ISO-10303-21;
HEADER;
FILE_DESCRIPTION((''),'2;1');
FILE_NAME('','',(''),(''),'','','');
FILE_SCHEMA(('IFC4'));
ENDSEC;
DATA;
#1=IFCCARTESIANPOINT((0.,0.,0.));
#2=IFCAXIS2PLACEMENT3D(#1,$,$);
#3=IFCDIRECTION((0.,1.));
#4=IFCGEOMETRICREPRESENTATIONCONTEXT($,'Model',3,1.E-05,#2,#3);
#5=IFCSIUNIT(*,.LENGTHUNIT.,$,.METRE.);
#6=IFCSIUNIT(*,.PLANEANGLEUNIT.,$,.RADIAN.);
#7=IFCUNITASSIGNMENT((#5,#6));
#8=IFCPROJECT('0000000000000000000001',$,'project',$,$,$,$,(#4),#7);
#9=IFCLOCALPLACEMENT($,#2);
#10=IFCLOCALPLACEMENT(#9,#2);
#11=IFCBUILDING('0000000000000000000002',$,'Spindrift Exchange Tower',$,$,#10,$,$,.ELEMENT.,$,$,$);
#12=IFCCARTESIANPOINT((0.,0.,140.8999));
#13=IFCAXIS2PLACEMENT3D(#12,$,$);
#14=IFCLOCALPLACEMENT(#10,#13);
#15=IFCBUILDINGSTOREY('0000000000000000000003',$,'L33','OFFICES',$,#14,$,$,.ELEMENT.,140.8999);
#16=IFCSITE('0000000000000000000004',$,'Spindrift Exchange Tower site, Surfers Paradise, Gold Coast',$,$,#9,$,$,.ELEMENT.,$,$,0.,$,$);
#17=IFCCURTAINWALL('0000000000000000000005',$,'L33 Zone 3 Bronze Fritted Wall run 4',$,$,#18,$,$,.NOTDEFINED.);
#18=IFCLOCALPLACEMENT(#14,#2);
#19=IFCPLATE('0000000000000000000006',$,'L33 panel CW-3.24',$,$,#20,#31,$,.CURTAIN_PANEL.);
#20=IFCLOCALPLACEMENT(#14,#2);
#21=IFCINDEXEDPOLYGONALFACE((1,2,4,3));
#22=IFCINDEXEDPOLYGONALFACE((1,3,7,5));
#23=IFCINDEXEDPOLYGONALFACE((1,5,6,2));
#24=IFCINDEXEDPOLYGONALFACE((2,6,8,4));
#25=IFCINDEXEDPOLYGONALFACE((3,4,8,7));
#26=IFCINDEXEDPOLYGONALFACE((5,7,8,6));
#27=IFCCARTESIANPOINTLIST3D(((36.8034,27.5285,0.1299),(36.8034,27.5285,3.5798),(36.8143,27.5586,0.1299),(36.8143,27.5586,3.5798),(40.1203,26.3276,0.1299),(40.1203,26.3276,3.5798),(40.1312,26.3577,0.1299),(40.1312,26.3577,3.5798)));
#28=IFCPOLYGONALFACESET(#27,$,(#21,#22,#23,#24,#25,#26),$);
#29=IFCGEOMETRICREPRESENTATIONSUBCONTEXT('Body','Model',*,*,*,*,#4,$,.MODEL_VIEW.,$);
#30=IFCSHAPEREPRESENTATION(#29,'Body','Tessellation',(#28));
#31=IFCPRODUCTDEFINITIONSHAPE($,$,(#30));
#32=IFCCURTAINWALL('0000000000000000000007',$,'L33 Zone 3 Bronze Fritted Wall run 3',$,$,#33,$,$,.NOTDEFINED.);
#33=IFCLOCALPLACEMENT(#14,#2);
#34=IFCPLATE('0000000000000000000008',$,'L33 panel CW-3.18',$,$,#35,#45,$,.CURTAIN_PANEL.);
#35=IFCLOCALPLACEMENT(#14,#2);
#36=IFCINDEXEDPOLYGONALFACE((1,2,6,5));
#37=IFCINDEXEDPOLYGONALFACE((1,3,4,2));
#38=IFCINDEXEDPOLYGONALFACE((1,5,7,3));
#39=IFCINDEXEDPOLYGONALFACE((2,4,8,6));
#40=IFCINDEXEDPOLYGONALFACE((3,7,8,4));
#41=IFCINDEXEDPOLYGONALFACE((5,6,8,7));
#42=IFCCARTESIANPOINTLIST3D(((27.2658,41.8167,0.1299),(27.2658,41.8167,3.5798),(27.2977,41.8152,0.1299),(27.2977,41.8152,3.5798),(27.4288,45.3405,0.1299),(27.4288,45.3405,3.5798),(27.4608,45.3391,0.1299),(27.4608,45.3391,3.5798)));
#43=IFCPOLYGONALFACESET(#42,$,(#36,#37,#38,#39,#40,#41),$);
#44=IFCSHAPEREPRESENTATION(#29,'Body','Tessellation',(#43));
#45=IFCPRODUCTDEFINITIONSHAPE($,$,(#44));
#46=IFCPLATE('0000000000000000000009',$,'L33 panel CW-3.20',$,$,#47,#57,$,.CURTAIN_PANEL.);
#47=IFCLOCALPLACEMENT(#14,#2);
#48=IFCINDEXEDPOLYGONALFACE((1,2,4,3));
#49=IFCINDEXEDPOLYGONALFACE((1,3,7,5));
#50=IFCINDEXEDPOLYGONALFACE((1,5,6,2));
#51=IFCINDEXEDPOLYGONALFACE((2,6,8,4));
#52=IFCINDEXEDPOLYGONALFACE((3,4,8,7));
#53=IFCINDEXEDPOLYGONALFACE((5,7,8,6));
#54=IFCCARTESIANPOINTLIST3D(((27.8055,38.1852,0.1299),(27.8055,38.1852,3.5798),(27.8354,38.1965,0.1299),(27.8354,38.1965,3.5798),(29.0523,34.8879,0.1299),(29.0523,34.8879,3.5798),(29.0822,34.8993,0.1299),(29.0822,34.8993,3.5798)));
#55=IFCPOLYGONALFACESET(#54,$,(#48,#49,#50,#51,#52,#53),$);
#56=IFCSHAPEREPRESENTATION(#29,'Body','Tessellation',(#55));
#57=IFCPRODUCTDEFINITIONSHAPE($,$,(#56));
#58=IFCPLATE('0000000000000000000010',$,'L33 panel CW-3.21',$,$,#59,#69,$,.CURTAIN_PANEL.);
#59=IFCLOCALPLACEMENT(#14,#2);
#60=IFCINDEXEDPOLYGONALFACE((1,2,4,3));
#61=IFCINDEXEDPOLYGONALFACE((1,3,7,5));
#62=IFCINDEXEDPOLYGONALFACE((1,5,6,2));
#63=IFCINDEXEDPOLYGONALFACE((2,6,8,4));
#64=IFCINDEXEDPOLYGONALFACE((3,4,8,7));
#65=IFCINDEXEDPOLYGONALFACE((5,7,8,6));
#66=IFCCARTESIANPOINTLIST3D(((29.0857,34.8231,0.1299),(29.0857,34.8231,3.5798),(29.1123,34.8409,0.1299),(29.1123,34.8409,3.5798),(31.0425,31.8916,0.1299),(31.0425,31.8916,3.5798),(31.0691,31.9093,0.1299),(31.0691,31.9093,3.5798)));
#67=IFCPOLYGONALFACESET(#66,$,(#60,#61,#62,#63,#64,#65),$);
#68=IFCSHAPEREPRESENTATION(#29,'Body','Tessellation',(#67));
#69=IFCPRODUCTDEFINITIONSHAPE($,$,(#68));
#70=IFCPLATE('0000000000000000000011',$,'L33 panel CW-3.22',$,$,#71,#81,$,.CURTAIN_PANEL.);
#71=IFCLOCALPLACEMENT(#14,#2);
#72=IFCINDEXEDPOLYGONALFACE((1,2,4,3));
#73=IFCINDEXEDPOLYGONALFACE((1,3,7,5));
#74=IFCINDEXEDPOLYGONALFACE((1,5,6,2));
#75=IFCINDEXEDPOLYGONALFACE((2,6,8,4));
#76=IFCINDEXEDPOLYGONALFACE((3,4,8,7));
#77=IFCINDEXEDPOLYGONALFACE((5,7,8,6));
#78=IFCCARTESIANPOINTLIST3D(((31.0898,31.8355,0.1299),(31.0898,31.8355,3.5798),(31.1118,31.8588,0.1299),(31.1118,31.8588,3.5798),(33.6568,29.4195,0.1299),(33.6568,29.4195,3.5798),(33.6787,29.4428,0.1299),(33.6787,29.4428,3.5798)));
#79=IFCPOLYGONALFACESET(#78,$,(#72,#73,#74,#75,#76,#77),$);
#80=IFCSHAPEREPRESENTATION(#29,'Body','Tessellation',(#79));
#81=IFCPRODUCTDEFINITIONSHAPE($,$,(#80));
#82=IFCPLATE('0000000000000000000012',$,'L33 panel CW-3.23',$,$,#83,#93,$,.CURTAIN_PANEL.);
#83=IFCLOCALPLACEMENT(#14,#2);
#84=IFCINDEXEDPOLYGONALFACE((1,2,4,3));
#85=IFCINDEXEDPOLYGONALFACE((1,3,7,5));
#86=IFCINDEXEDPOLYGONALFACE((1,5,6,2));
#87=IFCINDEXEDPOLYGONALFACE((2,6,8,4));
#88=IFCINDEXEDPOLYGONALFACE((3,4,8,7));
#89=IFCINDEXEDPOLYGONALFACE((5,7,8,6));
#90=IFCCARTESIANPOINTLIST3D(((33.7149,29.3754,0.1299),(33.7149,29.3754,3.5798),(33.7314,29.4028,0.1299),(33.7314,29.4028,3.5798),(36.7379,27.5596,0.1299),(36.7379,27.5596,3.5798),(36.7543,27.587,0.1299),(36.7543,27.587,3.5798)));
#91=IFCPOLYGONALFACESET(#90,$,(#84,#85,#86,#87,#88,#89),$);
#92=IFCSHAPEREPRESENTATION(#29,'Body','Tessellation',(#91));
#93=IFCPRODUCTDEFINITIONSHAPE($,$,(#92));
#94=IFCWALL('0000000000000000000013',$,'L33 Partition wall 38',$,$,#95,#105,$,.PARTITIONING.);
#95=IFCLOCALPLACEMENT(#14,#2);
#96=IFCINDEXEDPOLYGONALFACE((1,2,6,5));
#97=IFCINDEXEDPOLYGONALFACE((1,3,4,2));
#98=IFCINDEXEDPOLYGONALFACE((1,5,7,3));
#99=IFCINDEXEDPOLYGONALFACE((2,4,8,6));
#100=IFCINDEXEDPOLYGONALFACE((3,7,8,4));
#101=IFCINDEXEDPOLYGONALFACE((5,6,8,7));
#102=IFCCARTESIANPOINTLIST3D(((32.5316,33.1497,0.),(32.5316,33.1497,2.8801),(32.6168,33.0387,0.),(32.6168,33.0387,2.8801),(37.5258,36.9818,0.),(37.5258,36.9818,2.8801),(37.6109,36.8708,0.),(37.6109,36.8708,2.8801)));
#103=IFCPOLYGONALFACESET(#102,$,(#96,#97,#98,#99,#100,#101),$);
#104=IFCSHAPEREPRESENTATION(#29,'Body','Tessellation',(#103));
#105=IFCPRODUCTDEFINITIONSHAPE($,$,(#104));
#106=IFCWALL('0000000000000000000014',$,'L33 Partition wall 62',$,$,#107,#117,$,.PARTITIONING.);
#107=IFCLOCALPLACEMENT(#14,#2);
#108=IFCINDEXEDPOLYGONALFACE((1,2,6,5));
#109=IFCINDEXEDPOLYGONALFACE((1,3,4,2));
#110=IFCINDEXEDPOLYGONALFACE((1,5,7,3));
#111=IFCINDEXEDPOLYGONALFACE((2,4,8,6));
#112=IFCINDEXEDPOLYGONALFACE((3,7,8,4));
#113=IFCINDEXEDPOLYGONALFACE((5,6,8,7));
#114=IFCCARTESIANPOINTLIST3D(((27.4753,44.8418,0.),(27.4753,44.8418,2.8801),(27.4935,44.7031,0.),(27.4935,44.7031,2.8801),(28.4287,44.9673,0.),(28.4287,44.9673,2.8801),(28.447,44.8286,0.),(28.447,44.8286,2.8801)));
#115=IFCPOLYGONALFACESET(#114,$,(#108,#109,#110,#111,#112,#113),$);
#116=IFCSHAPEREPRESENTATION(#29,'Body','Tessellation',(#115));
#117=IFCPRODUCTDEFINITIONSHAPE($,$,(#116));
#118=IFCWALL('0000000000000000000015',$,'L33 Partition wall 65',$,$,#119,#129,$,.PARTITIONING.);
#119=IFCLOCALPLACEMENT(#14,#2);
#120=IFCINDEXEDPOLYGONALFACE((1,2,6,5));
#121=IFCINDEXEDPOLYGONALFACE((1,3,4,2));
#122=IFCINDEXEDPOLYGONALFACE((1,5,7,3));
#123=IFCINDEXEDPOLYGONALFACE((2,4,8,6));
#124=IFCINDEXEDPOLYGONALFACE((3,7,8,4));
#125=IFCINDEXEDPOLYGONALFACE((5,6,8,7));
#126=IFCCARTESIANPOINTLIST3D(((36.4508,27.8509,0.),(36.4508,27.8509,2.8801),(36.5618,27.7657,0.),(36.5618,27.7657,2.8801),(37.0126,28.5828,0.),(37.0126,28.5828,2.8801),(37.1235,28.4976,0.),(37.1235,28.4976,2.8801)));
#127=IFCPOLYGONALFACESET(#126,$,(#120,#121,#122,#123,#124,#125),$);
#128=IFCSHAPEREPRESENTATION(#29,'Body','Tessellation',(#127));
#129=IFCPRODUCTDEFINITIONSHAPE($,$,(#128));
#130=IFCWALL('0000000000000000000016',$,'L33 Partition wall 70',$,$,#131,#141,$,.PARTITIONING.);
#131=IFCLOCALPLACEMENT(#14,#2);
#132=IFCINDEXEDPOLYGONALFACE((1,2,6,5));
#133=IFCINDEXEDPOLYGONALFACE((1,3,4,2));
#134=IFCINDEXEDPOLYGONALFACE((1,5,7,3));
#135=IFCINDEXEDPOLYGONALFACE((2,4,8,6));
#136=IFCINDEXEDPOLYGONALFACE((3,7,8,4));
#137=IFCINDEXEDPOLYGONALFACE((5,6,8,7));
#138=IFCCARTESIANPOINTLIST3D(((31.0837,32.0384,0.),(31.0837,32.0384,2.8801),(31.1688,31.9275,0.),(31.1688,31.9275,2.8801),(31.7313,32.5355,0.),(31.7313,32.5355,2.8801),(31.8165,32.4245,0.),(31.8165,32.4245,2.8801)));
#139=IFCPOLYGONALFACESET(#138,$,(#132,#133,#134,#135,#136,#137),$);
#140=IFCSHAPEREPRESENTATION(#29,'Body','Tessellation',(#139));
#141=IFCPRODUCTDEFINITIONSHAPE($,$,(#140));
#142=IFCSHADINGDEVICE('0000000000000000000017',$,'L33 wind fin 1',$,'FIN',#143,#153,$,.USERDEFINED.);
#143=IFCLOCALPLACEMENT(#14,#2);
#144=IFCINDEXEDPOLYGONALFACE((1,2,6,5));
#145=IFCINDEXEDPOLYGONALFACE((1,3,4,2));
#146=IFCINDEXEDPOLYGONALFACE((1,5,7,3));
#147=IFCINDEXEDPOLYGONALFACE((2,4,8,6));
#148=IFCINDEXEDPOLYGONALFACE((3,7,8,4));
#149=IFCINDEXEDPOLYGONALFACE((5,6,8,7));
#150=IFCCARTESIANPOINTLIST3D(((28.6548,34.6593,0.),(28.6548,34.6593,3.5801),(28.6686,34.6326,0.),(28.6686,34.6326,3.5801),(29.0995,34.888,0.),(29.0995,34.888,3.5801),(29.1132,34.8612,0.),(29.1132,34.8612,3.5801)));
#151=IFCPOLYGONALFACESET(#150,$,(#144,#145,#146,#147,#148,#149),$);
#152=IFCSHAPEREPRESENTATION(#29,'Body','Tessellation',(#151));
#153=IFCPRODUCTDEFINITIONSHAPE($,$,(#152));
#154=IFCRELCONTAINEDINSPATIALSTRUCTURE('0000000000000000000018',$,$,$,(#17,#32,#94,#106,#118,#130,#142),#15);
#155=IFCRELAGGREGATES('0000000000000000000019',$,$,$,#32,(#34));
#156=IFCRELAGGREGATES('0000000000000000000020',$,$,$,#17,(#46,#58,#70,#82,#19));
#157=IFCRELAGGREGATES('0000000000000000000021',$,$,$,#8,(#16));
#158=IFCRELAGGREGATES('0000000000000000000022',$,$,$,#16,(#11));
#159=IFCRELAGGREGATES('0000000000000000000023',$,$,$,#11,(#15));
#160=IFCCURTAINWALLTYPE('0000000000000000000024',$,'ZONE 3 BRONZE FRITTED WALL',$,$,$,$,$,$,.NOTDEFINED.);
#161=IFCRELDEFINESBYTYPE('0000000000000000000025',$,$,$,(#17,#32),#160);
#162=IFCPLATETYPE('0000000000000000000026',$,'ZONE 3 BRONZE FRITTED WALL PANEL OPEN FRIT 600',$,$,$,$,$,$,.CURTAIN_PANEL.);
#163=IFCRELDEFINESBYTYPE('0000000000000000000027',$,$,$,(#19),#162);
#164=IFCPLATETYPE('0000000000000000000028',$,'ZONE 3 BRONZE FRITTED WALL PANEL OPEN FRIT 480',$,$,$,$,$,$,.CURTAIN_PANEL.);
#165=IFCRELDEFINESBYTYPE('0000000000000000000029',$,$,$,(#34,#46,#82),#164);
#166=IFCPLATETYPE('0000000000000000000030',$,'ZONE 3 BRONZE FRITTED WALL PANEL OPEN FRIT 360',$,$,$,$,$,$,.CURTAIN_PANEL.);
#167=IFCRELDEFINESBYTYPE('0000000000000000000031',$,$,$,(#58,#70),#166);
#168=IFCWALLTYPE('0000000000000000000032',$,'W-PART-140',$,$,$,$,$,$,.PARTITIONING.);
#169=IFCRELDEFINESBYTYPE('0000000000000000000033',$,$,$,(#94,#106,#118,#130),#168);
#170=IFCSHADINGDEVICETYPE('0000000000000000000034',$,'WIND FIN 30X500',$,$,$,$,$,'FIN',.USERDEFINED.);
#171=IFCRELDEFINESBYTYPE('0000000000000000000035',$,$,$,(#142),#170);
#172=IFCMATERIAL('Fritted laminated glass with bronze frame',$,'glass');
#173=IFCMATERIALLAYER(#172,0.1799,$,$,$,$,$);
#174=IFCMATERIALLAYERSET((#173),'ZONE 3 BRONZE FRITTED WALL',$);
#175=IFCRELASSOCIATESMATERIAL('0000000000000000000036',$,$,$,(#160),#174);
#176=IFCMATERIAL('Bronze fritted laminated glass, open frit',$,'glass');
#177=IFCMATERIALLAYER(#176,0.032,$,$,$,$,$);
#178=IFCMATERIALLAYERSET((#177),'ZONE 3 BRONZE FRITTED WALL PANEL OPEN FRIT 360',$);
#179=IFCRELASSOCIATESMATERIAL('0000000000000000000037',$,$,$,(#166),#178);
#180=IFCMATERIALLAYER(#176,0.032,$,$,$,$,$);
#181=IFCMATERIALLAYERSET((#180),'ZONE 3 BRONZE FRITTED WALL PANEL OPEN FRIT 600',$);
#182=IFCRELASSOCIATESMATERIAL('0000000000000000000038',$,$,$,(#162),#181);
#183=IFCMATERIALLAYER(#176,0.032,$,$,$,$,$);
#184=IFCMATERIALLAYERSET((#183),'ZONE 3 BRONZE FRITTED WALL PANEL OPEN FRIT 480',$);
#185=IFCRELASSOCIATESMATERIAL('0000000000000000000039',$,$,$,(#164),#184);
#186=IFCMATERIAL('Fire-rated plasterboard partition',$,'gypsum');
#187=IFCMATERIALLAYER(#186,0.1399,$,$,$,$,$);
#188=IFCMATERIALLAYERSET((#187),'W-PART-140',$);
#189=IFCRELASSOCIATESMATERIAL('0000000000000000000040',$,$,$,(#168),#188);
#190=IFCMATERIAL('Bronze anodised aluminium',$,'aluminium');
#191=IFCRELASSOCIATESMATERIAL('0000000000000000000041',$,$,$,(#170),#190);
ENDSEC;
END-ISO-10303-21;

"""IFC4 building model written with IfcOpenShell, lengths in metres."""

from ifc_helpers import new_model, si_unit, direction, frame, frame_2d, origin, origin_2d, place, context, subcontext, project, spatial, rectangle, extrude, source, transform, mapped, material, layer, layer_set, material_profile, profile_set, type_object, element, aggregate, save


model = new_model("IFC4")

# Units and contexts
model_context = context("Model", 3, precision=1e-05, world=origin(), true_north=direction((0.0, 1.0)))
body_context = subcontext(model_context, "Body", "Model", "MODEL_VIEW")
ifc_project = project(units=[si_unit("LENGTHUNIT", "METRE"), si_unit("PLANEANGLEUNIT", "RADIAN")], contexts=[model_context])

# Site, building, storey
site_placement = place(None, origin())
site = spatial("IfcSite", under=ifc_project, at=site_placement, Name="Spindrift Exchange Tower site, Surfers Paradise, Gold Coast", CompositionType="ELEMENT", RefElevation=0.0)
building_placement = place(site_placement, origin())
building = spatial("IfcBuilding", under=site, at=building_placement, Name="Spindrift Exchange Tower", CompositionType="ELEMENT")
storey_placement = place(building_placement, frame((0.0, 0.0, 140.8999)))
storey = spatial("IfcBuildingStorey", under=building, at=storey_placement, Name="L33", Description="OFFICES", CompositionType="ELEMENT", Elevation=140.8999)

# Curtain wall
ifc_material_1 = material(Name="Fritted laminated glass with bronze frame", Category="glass")
ifc_layer_1 = layer(ifc_material_1, 0.1799)
ifc_layer_set_1 = layer_set([ifc_layer_1], Name="ZONE 3 BRONZE FRITTED WALL")
curtain_wall_type = type_object("IfcCurtainWallType", Name="ZONE 3 BRONZE FRITTED WALL", PredefinedType="NOTDEFINED", material=ifc_layer_set_1)
curtain_wall_1_placement = place(storey_placement, origin())
curtain_wall_1 = element("IfcCurtainWall", 1, at=curtain_wall_1_placement, inside=storey, type_object=curtain_wall_type, Name="L33 Zone 3 Bronze Fritted Wall run 4", PredefinedType="NOTDEFINED")
ifc_material_2 = material(Name="Bronze anodised aluminium", Category="aluminium")

# Plate
ifc_material_3 = material(Name="Bronze fritted laminated glass, open frit", Category="glass")
ifc_layer_2 = layer(ifc_material_3, 0.032)
ifc_layer_set_2 = layer_set([ifc_layer_2], Name="ZONE 3 BRONZE FRITTED WALL PANEL OPEN FRIT 360")
plate_type_1 = type_object("IfcPlateType", Name="ZONE 3 BRONZE FRITTED WALL PANEL OPEN FRIT 360", PredefinedType="CURTAIN_PANEL", material=ifc_layer_set_2)
ifc_layer_3 = layer(ifc_material_3, 0.032)
ifc_layer_set_3 = layer_set([ifc_layer_3], Name="ZONE 3 BRONZE FRITTED WALL PANEL OPEN FRIT 600")
plate_type_2 = type_object("IfcPlateType", Name="ZONE 3 BRONZE FRITTED WALL PANEL OPEN FRIT 600", PredefinedType="CURTAIN_PANEL", material=ifc_layer_set_3)
shared_shape_1 = source(origin(), body_context, "Body", "SweptSolid", [
    extrude(rectangle(XDim=3.5276, YDim=0.032, at=origin_2d()), origin(), (0.0, 0.0, 1.0), 3.45),
])
plate_1_placement = place(storey_placement, frame((38.4673, 26.9431, 0.1299), z_axis=(0.0, 0.0, 1.0), x_axis=(0.940272, -0.340424, 0.0)))
plate_1 = element("IfcPlate", 2, at=plate_1_placement, type_object=plate_type_2, Name="L33 panel CW-3.24", PredefinedType="CURTAIN_PANEL", context=body_context, shape_type="MappedRepresentation", body=[
    mapped(shared_shape_1, transform((0.0, 0.0, 0.0), scale=1.0)),
])

# Curtain wall, plate
curtain_wall_2_placement = place(storey_placement, origin())
curtain_wall_2 = element("IfcCurtainWall", 3, at=curtain_wall_2_placement, inside=storey, type_object=curtain_wall_type, Name="L33 Zone 3 Bronze Fritted Wall run 3", PredefinedType="NOTDEFINED")
ifc_layer_4 = layer(ifc_material_3, 0.032)
ifc_layer_set_4 = layer_set([ifc_layer_4], Name="ZONE 3 BRONZE FRITTED WALL PANEL OPEN FRIT 480")
plate_type_3 = type_object("IfcPlateType", Name="ZONE 3 BRONZE FRITTED WALL PANEL OPEN FRIT 480", PredefinedType="CURTAIN_PANEL", material=ifc_layer_set_4)
shared_shape_2 = source(origin(), body_context, "Body", "SweptSolid", [
    extrude(rectangle(XDim=3.5276, YDim=0.032, at=origin_2d()), origin(), (0.0, 0.0, 1.0), 3.45),
])
plate_2_placement = place(storey_placement, frame((27.3633, 43.5779, 0.1299), z_axis=(0.0, 0.0, 1.0), x_axis=(-0.046226, -0.998931, 0.0)))
plate_2 = element("IfcPlate", 4, at=plate_2_placement, type_object=plate_type_3, Name="L33 panel CW-3.18", PredefinedType="CURTAIN_PANEL", context=body_context, shape_type="MappedRepresentation", body=[
    mapped(shared_shape_2, transform((0.0, 0.0, 0.0), scale=1.0)),
])
aggregate(curtain_wall_2, [plate_2])

# Plates
shared_shape_3 = source(origin(), body_context, "Body", "SweptSolid", [
    extrude(rectangle(XDim=3.5251, YDim=0.032, at=origin_2d()), origin(), (0.0, 0.0, 1.0), 3.45),
])
plate_3_placement = place(storey_placement, frame((28.4438, 36.5422, 0.1299), z_axis=(0.0, 0.0, 1.0), x_axis=(0.353695, -0.935361, 0.0)))
plate_3 = element("IfcPlate", 5, at=plate_3_placement, type_object=plate_type_3, Name="L33 panel CW-3.20", PredefinedType="CURTAIN_PANEL", context=body_context, shape_type="MappedRepresentation", body=[
    mapped(shared_shape_3, transform((0.0, 0.0, 0.0), scale=1.0)),
])
shared_shape_4 = source(origin(), body_context, "Body", "SweptSolid", [
    extrude(rectangle(XDim=3.5247, YDim=0.032, at=origin_2d()), origin(), (0.0, 0.0, 1.0), 3.45),
])
plate_4_placement = place(storey_placement, frame((30.0774, 33.3662, 0.1299), z_axis=(0.0, 0.0, 1.0), x_axis=(0.555194, -0.831721, 0.0)))
plate_4 = element("IfcPlate", 6, at=plate_4_placement, type_object=plate_type_1, Name="L33 panel CW-3.21", PredefinedType="CURTAIN_PANEL", context=body_context, shape_type="MappedRepresentation", body=[
    mapped(shared_shape_4, transform((0.0, 0.0, 0.0), scale=1.0)),
])
shared_shape_5 = source(origin(), body_context, "Body", "SweptSolid", [
    extrude(rectangle(XDim=3.5251, YDim=0.032, at=origin_2d()), origin(), (0.0, 0.0, 1.0), 3.45),
])
plate_5_placement = place(storey_placement, frame((32.3843, 30.6392, 0.1299), z_axis=(0.0, 0.0, 1.0), x_axis=(0.728187, -0.685379, 0.0)))
plate_5 = element("IfcPlate", 7, at=plate_5_placement, type_object=plate_type_1, Name="L33 panel CW-3.22", PredefinedType="CURTAIN_PANEL", context=body_context, shape_type="MappedRepresentation", body=[
    mapped(shared_shape_5, transform((0.0, 0.0, 0.0), scale=1.0)),
])
shared_shape_6 = source(origin(), body_context, "Body", "SweptSolid", [
    extrude(rectangle(XDim=3.5264, YDim=0.032, at=origin_2d()), origin(), (0.0, 0.0, 1.0), 3.45),
])
plate_6_placement = place(storey_placement, frame((35.2346, 28.4812, 0.1299), z_axis=(0.0, 0.0, 1.0), x_axis=(0.85724, -0.514917, 0.0)))
plate_6 = element("IfcPlate", 8, at=plate_6_placement, type_object=plate_type_3, Name="L33 panel CW-3.23", PredefinedType="CURTAIN_PANEL", context=body_context, shape_type="MappedRepresentation", body=[
    mapped(shared_shape_6, transform((0.0, 0.0, 0.0), scale=1.0)),
])
aggregate(curtain_wall_1, [plate_3, plate_4, plate_5, plate_6, plate_1])

# Walls
ifc_material_4 = material(Name="Fire-rated plasterboard partition", Category="gypsum")
ifc_layer_5 = layer(ifc_material_4, 0.1399)
ifc_layer_set_5 = layer_set([ifc_layer_5], Name="W-PART-140")
wall_type = type_object("IfcWallType", Name="W-PART-140", PredefinedType="PARTITIONING", material=ifc_layer_set_5)
wall_1_placement = place(storey_placement, frame((37.5684, 36.9263, 0.0), z_axis=(0.0, 0.0, 1.0), x_axis=(-0.793362, -0.608751, 0.0)))
element("IfcWall", 9, at=wall_1_placement, inside=storey, type_object=wall_type, Name="L33 Partition wall 38", PredefinedType="PARTITIONING", context=body_context, shape_type="SweptSolid", body=[
    extrude(rectangle(XDim=6.2949, YDim=0.1399, at=frame_2d((3.1475, 0.0))), origin(), (0.0, 0.0, 1.0), 2.8801),
])
wall_2_placement = place(storey_placement, frame((28.438, 44.8979, 0.0), z_axis=(0.0, 0.0, 1.0), x_axis=(-0.991448, -0.1305, 0.0)))
element("IfcWall", 10, at=wall_2_placement, inside=storey, type_object=wall_type, Name="L33 Partition wall 62", PredefinedType="PARTITIONING", context=body_context, shape_type="SweptSolid", body=[
    extrude(rectangle(XDim=0.9617, YDim=0.1399, at=frame_2d((0.481, 0.0))), origin(), (0.0, 0.0, 1.0), 2.8801),
])
wall_3_placement = place(storey_placement, frame((37.0681, 28.5403, 0.0), z_axis=(0.0, 0.0, 1.0), x_axis=(-0.608854, -0.793283, 0.0)))
element("IfcWall", 11, at=wall_3_placement, inside=storey, type_object=wall_type, Name="L33 Partition wall 65", PredefinedType="PARTITIONING", context=body_context, shape_type="SweptSolid", body=[
    extrude(rectangle(XDim=0.9226, YDim=0.1399, at=frame_2d((0.4614, 0.0))), origin(), (0.0, 0.0, 1.0), 2.8801),
])
wall_4_placement = place(storey_placement, frame((31.7739, 32.48, 0.0), z_axis=(0.0, 0.0, 1.0), x_axis=(-0.793313, -0.608814, 0.0)))
element("IfcWall", 12, at=wall_4_placement, inside=storey, type_object=wall_type, Name="L33 Partition wall 70", PredefinedType="PARTITIONING", context=body_context, shape_type="SweptSolid", body=[
    extrude(rectangle(XDim=0.8164, YDim=0.1399, at=frame_2d((0.4082, 0.0))), origin(), (0.0, 0.0, 1.0), 2.8801),
])

# Shading device
ifc_material_profile_1 = material_profile(ifc_material_2, rectangle(XDim=0.03, YDim=0.5, at=origin_2d()), Name="WIND FIN 30X500")
ifc_profile_set_1 = profile_set([ifc_material_profile_1], Name="Bronze anodised aluminium")
shading_device_type = type_object("IfcShadingDeviceType", Name="WIND FIN 30X500", ElementType="FIN", PredefinedType="USERDEFINED", material=ifc_profile_set_1)
shared_shape_7 = source(origin(), body_context, "Body", "SweptSolid", [
    extrude(rectangle(XDim=0.03, YDim=0.5, at=origin_2d()), origin(), (0.0, 0.0, 1.0), 3.5801),
])
shading_device_placement = place(storey_placement, frame((28.884, 34.7603, 0.0), z_axis=(0.0, 0.0, 1.0), x_axis=(0.45739, -0.889266, 0.0)))
element("IfcShadingDevice", 13, at=shading_device_placement, inside=storey, type_object=shading_device_type, Name="L33 wind fin 1", ObjectType="FIN", PredefinedType="USERDEFINED", context=body_context, shape_type="MappedRepresentation", body=[
    mapped(shared_shape_7, transform((0.0, 0.0, 0.0), scale=1.0)),
])

save(model, "model.ifc")
